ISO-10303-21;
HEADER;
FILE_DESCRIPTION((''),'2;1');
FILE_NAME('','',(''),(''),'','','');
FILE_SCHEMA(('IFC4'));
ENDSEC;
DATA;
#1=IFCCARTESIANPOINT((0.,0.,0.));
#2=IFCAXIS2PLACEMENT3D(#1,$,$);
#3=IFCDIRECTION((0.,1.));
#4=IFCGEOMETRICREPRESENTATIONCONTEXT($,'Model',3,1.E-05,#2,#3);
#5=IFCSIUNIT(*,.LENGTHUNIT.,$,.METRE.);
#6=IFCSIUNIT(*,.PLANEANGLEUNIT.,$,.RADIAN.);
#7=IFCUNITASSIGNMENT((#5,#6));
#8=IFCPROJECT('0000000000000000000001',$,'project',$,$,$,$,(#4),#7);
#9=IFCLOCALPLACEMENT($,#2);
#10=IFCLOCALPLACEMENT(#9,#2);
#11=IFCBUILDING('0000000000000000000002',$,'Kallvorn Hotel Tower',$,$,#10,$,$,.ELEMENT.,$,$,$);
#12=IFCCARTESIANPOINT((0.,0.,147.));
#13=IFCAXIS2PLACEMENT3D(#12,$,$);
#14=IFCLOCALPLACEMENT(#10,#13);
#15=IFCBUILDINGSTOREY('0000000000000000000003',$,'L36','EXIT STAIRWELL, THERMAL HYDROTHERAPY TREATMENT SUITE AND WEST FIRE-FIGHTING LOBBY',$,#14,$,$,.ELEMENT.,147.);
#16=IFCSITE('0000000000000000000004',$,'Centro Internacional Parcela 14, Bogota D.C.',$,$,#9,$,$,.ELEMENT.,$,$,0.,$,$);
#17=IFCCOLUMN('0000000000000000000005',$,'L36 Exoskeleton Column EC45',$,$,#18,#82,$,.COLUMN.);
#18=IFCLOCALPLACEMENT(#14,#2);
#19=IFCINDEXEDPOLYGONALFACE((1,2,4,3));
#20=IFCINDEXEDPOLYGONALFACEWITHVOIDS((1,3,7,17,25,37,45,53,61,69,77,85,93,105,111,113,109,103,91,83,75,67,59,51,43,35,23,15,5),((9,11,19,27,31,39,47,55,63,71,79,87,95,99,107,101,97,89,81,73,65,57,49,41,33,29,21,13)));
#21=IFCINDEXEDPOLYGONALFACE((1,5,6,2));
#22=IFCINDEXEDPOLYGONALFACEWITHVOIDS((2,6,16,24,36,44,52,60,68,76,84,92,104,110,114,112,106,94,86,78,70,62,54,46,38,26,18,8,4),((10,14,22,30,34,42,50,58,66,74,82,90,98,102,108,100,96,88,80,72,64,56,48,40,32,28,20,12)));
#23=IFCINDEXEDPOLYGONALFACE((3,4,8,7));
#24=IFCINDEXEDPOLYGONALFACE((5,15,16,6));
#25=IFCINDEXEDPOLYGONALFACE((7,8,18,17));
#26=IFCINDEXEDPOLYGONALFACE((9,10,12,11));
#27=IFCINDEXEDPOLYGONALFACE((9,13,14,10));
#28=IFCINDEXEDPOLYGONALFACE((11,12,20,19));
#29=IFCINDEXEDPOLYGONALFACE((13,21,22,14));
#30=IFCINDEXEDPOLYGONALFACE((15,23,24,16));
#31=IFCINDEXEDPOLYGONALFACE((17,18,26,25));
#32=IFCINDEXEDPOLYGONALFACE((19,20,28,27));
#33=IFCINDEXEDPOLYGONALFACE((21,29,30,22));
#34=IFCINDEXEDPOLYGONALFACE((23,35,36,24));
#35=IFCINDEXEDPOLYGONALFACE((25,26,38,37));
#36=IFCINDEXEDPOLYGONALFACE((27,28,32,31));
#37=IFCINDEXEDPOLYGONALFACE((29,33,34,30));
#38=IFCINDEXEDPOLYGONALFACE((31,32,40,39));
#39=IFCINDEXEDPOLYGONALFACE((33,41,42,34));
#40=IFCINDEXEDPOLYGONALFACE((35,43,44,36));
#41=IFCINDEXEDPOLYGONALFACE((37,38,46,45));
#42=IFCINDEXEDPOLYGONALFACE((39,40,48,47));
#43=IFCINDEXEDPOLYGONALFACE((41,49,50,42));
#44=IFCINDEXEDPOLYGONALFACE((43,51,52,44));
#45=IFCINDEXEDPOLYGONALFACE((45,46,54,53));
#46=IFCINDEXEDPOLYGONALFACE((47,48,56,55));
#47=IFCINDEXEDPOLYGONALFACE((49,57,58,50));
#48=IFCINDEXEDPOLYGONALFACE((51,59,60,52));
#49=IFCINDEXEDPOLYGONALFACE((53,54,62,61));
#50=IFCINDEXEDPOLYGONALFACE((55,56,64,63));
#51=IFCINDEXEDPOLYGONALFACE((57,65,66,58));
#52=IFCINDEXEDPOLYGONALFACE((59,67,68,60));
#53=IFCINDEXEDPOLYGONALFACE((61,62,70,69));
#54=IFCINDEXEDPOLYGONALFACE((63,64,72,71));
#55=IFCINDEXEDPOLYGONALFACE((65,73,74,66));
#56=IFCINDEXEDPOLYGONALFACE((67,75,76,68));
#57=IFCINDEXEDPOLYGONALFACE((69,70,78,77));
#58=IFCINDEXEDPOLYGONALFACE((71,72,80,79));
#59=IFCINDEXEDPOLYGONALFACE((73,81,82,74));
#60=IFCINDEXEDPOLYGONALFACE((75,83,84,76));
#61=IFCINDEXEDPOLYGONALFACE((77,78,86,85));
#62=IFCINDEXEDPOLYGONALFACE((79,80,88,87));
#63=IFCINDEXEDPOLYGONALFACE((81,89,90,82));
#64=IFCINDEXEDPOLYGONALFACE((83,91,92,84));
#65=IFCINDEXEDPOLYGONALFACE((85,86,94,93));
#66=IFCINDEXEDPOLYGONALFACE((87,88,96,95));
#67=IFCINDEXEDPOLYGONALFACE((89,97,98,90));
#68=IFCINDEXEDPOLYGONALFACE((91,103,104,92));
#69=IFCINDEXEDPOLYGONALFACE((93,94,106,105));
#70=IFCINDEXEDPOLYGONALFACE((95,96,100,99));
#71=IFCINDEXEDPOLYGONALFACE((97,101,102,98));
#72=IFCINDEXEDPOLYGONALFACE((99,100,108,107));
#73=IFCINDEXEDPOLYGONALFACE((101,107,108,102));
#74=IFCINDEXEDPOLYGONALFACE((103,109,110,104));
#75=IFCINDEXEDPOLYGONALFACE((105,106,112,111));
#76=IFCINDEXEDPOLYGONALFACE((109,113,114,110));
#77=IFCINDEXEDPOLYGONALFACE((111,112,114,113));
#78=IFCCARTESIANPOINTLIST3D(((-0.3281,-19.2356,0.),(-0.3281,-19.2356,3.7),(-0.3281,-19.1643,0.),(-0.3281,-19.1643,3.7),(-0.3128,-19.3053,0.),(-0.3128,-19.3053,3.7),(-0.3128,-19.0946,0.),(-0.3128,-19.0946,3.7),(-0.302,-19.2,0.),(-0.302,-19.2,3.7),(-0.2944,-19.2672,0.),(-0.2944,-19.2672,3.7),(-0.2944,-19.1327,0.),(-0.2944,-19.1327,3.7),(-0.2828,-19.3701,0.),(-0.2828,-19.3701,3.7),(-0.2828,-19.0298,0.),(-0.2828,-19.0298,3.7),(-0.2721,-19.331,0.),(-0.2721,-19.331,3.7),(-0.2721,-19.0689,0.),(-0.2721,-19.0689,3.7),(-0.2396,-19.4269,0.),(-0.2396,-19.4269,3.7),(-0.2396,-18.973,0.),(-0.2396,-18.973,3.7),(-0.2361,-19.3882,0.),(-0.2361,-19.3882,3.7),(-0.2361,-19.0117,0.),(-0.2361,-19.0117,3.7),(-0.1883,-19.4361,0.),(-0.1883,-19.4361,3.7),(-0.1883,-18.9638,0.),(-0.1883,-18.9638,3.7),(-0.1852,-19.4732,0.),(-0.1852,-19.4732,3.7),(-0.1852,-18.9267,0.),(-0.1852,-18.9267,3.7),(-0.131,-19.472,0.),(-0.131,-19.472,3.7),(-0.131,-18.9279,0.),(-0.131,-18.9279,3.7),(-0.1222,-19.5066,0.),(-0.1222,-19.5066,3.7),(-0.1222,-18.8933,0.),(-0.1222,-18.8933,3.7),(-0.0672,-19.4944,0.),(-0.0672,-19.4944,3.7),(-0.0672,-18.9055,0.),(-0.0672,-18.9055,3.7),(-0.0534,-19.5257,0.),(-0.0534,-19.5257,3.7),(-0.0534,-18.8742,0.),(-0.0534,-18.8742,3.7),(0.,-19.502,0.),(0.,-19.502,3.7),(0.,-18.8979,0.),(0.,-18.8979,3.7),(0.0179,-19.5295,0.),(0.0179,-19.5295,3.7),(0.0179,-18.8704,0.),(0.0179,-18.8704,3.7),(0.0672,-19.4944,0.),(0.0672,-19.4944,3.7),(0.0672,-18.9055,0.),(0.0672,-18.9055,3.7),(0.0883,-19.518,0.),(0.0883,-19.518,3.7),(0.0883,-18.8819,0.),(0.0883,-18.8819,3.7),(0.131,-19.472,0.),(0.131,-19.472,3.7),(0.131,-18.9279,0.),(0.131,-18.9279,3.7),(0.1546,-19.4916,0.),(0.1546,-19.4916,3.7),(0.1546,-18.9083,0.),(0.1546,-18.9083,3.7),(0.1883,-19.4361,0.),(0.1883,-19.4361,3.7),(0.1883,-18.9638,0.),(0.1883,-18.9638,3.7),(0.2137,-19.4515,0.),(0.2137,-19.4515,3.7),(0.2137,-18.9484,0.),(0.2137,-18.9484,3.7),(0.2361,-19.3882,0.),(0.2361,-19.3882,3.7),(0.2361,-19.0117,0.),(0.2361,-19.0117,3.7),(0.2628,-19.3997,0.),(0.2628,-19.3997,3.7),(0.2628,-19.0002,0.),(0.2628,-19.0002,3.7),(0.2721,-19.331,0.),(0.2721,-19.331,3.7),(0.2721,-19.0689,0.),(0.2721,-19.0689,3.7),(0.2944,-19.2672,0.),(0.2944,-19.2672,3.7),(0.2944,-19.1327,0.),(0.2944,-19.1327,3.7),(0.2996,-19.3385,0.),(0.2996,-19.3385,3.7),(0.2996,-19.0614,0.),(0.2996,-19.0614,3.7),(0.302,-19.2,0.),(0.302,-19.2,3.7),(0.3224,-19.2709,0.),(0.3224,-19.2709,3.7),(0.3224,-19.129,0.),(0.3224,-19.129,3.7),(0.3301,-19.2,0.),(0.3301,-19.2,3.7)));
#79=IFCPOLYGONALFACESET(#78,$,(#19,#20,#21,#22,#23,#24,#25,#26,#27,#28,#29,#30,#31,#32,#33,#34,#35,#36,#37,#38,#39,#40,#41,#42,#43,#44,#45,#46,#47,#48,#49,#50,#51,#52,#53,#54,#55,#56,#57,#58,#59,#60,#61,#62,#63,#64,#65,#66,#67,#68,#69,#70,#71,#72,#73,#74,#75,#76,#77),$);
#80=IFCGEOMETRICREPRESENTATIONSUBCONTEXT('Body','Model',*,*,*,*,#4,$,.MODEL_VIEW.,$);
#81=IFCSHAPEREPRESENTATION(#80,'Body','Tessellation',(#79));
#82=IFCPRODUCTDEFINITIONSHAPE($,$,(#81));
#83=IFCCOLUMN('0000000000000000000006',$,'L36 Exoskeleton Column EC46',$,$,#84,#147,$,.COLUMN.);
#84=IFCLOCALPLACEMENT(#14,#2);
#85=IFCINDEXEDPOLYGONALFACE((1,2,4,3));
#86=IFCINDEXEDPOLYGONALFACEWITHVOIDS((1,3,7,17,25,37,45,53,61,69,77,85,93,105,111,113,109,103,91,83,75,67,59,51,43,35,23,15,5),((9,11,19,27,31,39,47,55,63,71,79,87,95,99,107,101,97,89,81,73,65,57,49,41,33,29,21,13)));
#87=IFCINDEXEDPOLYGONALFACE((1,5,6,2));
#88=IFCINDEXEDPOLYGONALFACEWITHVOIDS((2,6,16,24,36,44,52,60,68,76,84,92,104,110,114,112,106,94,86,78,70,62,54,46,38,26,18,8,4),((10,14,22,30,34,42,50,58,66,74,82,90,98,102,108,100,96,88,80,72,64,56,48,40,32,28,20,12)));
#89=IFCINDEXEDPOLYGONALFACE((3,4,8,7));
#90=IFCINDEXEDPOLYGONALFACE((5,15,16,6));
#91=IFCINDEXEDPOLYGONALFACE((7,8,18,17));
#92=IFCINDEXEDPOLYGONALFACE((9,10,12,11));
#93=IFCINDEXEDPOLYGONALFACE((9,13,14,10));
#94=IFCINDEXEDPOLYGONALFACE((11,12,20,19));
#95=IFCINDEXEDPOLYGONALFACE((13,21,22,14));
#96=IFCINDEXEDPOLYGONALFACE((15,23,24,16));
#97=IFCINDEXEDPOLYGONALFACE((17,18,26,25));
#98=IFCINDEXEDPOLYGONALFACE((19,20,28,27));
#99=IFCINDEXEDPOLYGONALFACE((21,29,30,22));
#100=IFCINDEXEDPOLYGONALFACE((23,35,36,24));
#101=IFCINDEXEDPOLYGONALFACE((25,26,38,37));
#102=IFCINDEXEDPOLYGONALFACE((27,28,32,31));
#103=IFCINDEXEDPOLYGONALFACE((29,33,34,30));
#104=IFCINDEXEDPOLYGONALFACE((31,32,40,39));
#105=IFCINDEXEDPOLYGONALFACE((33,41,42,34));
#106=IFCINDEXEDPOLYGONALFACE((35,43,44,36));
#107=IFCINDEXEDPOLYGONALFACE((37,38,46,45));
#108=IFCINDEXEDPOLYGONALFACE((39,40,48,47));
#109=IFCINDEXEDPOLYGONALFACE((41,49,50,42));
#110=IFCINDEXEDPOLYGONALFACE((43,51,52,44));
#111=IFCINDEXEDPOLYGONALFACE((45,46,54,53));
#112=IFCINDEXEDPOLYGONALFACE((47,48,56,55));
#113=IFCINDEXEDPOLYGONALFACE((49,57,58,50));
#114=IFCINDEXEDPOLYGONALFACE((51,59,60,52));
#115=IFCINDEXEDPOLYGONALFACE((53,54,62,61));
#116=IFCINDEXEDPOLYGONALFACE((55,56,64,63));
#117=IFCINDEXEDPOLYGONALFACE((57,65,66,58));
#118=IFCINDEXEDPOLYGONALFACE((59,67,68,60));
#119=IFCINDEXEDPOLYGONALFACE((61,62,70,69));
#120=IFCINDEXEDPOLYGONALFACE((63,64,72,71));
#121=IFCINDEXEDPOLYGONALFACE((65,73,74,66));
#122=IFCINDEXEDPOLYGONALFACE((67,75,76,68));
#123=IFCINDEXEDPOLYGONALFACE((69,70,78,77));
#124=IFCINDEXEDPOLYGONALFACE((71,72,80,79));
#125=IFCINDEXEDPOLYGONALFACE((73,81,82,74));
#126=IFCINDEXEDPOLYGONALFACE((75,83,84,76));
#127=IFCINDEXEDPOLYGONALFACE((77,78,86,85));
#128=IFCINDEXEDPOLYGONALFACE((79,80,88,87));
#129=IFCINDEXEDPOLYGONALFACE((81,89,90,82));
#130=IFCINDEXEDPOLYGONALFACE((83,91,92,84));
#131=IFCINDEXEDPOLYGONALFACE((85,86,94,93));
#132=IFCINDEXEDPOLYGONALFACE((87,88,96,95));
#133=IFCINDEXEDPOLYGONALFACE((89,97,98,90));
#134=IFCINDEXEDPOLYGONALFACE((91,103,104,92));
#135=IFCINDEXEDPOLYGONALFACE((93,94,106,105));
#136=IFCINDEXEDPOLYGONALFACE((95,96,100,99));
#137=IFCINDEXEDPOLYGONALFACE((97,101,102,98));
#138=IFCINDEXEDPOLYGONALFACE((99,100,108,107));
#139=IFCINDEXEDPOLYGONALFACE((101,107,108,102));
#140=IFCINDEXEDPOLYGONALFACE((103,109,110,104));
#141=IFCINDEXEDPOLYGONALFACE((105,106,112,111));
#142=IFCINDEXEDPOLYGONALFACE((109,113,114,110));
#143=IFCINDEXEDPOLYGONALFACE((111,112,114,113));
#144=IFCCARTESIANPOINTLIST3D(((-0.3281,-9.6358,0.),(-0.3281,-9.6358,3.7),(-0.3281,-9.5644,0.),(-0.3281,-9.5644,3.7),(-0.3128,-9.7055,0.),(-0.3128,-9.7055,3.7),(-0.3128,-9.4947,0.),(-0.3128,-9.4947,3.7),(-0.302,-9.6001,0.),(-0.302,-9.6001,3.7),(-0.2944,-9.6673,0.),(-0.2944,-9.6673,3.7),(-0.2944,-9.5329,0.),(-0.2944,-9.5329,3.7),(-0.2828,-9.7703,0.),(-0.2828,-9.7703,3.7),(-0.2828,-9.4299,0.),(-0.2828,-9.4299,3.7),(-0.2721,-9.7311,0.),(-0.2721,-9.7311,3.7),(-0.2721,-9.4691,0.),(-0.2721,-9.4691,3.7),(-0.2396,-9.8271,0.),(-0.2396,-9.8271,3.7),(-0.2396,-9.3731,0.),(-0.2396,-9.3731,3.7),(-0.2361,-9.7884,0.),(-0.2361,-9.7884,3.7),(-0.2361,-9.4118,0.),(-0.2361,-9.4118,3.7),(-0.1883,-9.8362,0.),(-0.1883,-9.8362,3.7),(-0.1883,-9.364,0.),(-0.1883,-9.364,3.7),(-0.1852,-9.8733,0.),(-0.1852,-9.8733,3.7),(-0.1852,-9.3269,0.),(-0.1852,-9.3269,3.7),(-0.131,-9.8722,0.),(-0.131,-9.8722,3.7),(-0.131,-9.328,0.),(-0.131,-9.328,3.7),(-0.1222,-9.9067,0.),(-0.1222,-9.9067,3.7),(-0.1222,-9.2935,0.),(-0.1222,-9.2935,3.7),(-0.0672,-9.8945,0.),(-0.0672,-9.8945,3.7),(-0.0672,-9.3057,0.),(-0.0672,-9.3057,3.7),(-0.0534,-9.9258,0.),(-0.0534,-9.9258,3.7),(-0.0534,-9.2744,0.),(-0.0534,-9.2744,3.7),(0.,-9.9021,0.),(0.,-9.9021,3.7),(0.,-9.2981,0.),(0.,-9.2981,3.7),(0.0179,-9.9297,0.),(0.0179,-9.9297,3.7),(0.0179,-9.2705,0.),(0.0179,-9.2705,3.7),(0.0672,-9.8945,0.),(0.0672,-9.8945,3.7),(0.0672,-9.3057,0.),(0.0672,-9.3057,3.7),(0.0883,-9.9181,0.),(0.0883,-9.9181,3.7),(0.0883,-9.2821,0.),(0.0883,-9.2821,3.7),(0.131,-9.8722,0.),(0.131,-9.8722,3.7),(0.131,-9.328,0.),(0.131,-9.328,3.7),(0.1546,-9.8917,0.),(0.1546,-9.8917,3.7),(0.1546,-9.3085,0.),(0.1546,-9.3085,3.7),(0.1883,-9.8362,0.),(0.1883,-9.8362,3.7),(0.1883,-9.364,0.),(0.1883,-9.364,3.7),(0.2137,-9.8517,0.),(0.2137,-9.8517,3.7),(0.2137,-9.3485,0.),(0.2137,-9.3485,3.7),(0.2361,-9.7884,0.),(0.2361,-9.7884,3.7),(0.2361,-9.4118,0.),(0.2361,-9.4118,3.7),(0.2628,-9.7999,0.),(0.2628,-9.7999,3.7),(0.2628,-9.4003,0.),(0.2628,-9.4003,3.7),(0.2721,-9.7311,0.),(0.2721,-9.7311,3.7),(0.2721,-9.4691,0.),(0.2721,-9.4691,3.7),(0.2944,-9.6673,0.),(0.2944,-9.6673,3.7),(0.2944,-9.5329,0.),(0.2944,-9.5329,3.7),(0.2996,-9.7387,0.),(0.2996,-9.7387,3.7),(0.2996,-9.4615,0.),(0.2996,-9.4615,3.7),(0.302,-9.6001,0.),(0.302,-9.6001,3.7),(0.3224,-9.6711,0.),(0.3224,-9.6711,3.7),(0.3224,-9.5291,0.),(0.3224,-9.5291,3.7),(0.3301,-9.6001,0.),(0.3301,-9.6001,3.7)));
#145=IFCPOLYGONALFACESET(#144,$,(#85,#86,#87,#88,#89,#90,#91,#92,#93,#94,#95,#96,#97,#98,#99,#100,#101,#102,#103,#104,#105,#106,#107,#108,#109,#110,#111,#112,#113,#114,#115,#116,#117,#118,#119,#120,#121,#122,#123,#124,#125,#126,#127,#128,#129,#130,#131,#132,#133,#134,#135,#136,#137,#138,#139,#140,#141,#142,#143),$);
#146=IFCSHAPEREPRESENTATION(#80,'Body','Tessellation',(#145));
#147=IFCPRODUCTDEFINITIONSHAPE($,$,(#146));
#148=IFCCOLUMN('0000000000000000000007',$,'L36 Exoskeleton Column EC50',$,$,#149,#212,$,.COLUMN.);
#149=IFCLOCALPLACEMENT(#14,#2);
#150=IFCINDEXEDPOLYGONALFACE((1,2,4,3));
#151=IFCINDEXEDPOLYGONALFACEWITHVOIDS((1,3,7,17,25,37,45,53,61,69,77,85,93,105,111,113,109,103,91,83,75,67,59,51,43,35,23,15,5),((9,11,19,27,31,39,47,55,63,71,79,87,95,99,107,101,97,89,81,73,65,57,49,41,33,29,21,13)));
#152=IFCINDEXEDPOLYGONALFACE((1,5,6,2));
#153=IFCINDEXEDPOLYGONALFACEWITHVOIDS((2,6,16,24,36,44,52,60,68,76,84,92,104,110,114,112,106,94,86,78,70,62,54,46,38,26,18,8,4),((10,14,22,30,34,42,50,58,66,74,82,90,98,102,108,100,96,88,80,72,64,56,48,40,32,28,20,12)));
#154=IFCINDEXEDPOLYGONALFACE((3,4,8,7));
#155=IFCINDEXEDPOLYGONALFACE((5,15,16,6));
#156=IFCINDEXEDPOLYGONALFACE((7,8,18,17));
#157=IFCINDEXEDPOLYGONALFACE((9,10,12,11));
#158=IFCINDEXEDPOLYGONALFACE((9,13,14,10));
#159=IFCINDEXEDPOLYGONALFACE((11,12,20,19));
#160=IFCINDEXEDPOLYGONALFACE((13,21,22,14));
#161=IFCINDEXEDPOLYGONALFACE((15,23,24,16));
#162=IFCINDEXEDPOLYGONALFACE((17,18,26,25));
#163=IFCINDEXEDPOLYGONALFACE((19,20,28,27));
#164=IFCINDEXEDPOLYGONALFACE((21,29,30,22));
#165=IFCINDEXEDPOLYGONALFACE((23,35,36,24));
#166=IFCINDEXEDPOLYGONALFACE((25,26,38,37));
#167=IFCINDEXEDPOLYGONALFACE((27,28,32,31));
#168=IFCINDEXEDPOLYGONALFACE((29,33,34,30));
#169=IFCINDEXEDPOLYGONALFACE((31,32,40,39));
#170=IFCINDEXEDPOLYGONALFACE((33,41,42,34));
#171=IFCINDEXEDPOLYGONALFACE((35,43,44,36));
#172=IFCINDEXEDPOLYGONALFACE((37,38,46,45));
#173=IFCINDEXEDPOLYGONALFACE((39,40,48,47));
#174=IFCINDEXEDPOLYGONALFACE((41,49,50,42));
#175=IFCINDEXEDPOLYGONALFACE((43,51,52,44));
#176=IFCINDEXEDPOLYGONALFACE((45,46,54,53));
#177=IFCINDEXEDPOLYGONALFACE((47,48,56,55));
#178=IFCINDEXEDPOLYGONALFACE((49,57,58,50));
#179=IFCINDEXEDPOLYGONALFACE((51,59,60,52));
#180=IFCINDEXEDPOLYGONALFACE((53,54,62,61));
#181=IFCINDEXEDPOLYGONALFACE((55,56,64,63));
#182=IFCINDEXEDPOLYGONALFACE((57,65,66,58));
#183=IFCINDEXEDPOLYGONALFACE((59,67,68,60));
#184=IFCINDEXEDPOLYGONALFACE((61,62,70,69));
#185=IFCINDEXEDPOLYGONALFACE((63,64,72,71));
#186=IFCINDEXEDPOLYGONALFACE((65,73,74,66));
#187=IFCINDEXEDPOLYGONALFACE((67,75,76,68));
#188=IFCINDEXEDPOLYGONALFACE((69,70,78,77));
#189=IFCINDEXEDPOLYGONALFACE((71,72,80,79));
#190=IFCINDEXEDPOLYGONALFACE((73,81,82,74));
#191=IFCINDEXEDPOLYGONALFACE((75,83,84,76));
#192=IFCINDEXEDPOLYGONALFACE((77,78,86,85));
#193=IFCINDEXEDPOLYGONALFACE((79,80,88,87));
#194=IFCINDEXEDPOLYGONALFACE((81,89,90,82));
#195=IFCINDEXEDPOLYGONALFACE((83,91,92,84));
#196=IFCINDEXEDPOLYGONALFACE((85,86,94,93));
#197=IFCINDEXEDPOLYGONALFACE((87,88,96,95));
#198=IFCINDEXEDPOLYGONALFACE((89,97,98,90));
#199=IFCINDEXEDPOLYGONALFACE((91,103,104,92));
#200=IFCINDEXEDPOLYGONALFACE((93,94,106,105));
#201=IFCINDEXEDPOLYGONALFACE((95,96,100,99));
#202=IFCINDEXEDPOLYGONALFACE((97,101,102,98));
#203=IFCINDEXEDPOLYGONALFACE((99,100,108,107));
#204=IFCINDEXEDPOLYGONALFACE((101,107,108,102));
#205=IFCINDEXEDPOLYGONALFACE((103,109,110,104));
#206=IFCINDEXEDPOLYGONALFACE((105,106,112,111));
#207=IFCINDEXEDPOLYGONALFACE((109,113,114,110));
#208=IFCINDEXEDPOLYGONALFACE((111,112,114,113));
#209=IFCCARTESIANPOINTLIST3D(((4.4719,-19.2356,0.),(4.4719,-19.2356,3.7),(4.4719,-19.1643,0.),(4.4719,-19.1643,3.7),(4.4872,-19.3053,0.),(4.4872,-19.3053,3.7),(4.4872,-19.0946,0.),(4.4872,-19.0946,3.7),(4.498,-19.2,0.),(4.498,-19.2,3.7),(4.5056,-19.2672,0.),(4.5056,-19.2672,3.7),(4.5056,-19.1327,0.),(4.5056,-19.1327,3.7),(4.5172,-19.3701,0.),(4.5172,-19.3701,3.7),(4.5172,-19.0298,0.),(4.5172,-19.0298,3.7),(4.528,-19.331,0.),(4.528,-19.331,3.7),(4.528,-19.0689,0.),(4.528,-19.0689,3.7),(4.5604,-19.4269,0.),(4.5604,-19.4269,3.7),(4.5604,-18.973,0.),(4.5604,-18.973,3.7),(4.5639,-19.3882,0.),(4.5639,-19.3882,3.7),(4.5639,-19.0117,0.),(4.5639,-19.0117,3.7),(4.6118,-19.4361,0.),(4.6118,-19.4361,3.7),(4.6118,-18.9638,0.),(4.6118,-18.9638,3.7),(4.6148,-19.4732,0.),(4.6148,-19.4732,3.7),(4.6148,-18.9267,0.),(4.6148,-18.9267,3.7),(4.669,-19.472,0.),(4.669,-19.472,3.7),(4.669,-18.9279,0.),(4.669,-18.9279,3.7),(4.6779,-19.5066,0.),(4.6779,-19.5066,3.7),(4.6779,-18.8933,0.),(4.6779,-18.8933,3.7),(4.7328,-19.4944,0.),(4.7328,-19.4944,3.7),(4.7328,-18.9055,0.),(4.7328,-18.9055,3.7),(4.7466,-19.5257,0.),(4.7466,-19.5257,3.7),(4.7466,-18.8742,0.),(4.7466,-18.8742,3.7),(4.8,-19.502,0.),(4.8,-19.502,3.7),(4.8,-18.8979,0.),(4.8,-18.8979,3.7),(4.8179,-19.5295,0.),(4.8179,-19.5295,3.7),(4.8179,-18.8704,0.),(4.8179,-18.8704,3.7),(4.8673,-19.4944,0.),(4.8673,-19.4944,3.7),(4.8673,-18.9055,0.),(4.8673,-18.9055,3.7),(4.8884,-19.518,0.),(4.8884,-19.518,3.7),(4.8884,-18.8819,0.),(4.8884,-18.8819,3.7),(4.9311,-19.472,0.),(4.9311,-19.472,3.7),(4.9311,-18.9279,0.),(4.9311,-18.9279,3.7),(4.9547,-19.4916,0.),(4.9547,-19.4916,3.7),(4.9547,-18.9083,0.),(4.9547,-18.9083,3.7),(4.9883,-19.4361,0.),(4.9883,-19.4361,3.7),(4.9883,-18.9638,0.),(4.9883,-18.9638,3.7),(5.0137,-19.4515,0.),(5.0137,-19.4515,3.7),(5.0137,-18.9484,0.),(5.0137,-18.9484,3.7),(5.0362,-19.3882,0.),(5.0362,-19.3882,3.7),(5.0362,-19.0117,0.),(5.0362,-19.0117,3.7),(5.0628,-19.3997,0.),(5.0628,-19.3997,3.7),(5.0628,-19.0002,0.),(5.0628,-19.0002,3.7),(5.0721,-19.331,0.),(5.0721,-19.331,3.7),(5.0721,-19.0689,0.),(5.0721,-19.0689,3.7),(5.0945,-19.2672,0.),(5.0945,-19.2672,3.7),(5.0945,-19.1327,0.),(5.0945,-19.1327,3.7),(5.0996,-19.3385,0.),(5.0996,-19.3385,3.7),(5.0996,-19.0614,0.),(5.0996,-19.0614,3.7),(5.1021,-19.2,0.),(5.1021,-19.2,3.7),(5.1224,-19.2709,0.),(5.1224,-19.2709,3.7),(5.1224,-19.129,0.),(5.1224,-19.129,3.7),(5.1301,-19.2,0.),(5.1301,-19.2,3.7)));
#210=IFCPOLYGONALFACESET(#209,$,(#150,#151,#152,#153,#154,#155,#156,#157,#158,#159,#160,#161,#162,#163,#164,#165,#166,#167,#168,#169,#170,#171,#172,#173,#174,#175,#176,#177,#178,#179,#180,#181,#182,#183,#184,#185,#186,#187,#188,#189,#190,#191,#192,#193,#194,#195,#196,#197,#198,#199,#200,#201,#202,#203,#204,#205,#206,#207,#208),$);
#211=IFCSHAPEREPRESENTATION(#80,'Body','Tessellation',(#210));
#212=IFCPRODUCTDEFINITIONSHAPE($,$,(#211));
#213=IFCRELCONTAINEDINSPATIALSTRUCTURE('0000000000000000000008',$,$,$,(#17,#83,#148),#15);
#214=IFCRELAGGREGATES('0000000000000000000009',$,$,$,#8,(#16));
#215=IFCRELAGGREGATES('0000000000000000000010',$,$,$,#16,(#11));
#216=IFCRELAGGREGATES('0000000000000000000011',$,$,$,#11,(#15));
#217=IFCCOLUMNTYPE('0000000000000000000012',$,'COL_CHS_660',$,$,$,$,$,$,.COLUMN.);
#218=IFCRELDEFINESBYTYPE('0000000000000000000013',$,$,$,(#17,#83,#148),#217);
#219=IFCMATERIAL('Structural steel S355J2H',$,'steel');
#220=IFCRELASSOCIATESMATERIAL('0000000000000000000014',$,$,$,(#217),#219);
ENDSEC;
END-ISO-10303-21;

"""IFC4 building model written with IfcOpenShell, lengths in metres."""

from ifc_helpers import new_model, si_unit, direction, frame, origin, origin_2d, place, context, subcontext, project, spatial, hollow_circle, extrude, material, material_profile, profile_set, type_object, element, save


model = new_model("IFC4")

# Units and contexts
model_context = context("Model", 3, precision=1e-05, world=origin(), true_north=direction((0.0, 1.0)))
body_context = subcontext(model_context, "Body", "Model", "MODEL_VIEW")
ifc_project = project(units=[si_unit("LENGTHUNIT", "METRE"), si_unit("PLANEANGLEUNIT", "RADIAN")], contexts=[model_context])

# Site, building, storey
site_placement = place(None, origin())
site = spatial("IfcSite", under=ifc_project, at=site_placement, Name="Centro Internacional Parcela 14, Bogota D.C.", CompositionType="ELEMENT", RefElevation=0.0)
building_placement = place(site_placement, origin())
building = spatial("IfcBuilding", under=site, at=building_placement, Name="Kallvorn Hotel Tower", CompositionType="ELEMENT")
storey_placement = place(building_placement, frame((0.0, 0.0, 147.0)))
storey = spatial("IfcBuildingStorey", under=building, at=storey_placement, Name="L36", Description="EXIT STAIRWELL, THERMAL HYDROTHERAPY TREATMENT SUITE AND WEST FIRE-FIGHTING LOBBY", CompositionType="ELEMENT", Elevation=147.0)

# Columns
ifc_material_1 = material(Name="Structural steel S355J2H", Category="steel")
ifc_material_profile_1 = material_profile(ifc_material_1, hollow_circle(Radius=0.3301, WallThickness=0.0281, at=origin_2d()), Name="CHS 660x28")
ifc_profile_set_1 = profile_set([ifc_material_profile_1], Name="Structural steel S355J2H")
column_type_1 = type_object("IfcColumnType", Name="COL_CHS_660", PredefinedType="COLUMN", material=ifc_profile_set_1)
for number, where, z_axis, x_axis, name in (
    (1, (0.0, -19.2, 0.0), (0.0, 0.0, 1.0), (1.0, 0.0, 0.0), "L36 Exoskeleton Column EC45"),
    (2, (0.0, -9.6001, 0.0), (0.0, 0.0, 1.0), (1.0, 0.0, 0.0), "L36 Exoskeleton Column EC46"),
    (3, (4.8, -19.2, 0.0), (0.0, 0.0, 1.0), (1.0, 0.0, 0.0), "L36 Exoskeleton Column EC50"),
):
    element("IfcColumn", number, at=place(storey_placement, frame(where, z_axis=z_axis, x_axis=x_axis)), inside=storey, type_object=column_type_1, Name=name, PredefinedType="COLUMN", context=body_context, shape_type="SweptSolid", body=[
        extrude(hollow_circle(Radius=0.3301, WallThickness=0.0281, at=origin_2d()), origin(), (0.0, 0.0, 1.0), 3.7),
    ])

save(model, "model.ifc")
